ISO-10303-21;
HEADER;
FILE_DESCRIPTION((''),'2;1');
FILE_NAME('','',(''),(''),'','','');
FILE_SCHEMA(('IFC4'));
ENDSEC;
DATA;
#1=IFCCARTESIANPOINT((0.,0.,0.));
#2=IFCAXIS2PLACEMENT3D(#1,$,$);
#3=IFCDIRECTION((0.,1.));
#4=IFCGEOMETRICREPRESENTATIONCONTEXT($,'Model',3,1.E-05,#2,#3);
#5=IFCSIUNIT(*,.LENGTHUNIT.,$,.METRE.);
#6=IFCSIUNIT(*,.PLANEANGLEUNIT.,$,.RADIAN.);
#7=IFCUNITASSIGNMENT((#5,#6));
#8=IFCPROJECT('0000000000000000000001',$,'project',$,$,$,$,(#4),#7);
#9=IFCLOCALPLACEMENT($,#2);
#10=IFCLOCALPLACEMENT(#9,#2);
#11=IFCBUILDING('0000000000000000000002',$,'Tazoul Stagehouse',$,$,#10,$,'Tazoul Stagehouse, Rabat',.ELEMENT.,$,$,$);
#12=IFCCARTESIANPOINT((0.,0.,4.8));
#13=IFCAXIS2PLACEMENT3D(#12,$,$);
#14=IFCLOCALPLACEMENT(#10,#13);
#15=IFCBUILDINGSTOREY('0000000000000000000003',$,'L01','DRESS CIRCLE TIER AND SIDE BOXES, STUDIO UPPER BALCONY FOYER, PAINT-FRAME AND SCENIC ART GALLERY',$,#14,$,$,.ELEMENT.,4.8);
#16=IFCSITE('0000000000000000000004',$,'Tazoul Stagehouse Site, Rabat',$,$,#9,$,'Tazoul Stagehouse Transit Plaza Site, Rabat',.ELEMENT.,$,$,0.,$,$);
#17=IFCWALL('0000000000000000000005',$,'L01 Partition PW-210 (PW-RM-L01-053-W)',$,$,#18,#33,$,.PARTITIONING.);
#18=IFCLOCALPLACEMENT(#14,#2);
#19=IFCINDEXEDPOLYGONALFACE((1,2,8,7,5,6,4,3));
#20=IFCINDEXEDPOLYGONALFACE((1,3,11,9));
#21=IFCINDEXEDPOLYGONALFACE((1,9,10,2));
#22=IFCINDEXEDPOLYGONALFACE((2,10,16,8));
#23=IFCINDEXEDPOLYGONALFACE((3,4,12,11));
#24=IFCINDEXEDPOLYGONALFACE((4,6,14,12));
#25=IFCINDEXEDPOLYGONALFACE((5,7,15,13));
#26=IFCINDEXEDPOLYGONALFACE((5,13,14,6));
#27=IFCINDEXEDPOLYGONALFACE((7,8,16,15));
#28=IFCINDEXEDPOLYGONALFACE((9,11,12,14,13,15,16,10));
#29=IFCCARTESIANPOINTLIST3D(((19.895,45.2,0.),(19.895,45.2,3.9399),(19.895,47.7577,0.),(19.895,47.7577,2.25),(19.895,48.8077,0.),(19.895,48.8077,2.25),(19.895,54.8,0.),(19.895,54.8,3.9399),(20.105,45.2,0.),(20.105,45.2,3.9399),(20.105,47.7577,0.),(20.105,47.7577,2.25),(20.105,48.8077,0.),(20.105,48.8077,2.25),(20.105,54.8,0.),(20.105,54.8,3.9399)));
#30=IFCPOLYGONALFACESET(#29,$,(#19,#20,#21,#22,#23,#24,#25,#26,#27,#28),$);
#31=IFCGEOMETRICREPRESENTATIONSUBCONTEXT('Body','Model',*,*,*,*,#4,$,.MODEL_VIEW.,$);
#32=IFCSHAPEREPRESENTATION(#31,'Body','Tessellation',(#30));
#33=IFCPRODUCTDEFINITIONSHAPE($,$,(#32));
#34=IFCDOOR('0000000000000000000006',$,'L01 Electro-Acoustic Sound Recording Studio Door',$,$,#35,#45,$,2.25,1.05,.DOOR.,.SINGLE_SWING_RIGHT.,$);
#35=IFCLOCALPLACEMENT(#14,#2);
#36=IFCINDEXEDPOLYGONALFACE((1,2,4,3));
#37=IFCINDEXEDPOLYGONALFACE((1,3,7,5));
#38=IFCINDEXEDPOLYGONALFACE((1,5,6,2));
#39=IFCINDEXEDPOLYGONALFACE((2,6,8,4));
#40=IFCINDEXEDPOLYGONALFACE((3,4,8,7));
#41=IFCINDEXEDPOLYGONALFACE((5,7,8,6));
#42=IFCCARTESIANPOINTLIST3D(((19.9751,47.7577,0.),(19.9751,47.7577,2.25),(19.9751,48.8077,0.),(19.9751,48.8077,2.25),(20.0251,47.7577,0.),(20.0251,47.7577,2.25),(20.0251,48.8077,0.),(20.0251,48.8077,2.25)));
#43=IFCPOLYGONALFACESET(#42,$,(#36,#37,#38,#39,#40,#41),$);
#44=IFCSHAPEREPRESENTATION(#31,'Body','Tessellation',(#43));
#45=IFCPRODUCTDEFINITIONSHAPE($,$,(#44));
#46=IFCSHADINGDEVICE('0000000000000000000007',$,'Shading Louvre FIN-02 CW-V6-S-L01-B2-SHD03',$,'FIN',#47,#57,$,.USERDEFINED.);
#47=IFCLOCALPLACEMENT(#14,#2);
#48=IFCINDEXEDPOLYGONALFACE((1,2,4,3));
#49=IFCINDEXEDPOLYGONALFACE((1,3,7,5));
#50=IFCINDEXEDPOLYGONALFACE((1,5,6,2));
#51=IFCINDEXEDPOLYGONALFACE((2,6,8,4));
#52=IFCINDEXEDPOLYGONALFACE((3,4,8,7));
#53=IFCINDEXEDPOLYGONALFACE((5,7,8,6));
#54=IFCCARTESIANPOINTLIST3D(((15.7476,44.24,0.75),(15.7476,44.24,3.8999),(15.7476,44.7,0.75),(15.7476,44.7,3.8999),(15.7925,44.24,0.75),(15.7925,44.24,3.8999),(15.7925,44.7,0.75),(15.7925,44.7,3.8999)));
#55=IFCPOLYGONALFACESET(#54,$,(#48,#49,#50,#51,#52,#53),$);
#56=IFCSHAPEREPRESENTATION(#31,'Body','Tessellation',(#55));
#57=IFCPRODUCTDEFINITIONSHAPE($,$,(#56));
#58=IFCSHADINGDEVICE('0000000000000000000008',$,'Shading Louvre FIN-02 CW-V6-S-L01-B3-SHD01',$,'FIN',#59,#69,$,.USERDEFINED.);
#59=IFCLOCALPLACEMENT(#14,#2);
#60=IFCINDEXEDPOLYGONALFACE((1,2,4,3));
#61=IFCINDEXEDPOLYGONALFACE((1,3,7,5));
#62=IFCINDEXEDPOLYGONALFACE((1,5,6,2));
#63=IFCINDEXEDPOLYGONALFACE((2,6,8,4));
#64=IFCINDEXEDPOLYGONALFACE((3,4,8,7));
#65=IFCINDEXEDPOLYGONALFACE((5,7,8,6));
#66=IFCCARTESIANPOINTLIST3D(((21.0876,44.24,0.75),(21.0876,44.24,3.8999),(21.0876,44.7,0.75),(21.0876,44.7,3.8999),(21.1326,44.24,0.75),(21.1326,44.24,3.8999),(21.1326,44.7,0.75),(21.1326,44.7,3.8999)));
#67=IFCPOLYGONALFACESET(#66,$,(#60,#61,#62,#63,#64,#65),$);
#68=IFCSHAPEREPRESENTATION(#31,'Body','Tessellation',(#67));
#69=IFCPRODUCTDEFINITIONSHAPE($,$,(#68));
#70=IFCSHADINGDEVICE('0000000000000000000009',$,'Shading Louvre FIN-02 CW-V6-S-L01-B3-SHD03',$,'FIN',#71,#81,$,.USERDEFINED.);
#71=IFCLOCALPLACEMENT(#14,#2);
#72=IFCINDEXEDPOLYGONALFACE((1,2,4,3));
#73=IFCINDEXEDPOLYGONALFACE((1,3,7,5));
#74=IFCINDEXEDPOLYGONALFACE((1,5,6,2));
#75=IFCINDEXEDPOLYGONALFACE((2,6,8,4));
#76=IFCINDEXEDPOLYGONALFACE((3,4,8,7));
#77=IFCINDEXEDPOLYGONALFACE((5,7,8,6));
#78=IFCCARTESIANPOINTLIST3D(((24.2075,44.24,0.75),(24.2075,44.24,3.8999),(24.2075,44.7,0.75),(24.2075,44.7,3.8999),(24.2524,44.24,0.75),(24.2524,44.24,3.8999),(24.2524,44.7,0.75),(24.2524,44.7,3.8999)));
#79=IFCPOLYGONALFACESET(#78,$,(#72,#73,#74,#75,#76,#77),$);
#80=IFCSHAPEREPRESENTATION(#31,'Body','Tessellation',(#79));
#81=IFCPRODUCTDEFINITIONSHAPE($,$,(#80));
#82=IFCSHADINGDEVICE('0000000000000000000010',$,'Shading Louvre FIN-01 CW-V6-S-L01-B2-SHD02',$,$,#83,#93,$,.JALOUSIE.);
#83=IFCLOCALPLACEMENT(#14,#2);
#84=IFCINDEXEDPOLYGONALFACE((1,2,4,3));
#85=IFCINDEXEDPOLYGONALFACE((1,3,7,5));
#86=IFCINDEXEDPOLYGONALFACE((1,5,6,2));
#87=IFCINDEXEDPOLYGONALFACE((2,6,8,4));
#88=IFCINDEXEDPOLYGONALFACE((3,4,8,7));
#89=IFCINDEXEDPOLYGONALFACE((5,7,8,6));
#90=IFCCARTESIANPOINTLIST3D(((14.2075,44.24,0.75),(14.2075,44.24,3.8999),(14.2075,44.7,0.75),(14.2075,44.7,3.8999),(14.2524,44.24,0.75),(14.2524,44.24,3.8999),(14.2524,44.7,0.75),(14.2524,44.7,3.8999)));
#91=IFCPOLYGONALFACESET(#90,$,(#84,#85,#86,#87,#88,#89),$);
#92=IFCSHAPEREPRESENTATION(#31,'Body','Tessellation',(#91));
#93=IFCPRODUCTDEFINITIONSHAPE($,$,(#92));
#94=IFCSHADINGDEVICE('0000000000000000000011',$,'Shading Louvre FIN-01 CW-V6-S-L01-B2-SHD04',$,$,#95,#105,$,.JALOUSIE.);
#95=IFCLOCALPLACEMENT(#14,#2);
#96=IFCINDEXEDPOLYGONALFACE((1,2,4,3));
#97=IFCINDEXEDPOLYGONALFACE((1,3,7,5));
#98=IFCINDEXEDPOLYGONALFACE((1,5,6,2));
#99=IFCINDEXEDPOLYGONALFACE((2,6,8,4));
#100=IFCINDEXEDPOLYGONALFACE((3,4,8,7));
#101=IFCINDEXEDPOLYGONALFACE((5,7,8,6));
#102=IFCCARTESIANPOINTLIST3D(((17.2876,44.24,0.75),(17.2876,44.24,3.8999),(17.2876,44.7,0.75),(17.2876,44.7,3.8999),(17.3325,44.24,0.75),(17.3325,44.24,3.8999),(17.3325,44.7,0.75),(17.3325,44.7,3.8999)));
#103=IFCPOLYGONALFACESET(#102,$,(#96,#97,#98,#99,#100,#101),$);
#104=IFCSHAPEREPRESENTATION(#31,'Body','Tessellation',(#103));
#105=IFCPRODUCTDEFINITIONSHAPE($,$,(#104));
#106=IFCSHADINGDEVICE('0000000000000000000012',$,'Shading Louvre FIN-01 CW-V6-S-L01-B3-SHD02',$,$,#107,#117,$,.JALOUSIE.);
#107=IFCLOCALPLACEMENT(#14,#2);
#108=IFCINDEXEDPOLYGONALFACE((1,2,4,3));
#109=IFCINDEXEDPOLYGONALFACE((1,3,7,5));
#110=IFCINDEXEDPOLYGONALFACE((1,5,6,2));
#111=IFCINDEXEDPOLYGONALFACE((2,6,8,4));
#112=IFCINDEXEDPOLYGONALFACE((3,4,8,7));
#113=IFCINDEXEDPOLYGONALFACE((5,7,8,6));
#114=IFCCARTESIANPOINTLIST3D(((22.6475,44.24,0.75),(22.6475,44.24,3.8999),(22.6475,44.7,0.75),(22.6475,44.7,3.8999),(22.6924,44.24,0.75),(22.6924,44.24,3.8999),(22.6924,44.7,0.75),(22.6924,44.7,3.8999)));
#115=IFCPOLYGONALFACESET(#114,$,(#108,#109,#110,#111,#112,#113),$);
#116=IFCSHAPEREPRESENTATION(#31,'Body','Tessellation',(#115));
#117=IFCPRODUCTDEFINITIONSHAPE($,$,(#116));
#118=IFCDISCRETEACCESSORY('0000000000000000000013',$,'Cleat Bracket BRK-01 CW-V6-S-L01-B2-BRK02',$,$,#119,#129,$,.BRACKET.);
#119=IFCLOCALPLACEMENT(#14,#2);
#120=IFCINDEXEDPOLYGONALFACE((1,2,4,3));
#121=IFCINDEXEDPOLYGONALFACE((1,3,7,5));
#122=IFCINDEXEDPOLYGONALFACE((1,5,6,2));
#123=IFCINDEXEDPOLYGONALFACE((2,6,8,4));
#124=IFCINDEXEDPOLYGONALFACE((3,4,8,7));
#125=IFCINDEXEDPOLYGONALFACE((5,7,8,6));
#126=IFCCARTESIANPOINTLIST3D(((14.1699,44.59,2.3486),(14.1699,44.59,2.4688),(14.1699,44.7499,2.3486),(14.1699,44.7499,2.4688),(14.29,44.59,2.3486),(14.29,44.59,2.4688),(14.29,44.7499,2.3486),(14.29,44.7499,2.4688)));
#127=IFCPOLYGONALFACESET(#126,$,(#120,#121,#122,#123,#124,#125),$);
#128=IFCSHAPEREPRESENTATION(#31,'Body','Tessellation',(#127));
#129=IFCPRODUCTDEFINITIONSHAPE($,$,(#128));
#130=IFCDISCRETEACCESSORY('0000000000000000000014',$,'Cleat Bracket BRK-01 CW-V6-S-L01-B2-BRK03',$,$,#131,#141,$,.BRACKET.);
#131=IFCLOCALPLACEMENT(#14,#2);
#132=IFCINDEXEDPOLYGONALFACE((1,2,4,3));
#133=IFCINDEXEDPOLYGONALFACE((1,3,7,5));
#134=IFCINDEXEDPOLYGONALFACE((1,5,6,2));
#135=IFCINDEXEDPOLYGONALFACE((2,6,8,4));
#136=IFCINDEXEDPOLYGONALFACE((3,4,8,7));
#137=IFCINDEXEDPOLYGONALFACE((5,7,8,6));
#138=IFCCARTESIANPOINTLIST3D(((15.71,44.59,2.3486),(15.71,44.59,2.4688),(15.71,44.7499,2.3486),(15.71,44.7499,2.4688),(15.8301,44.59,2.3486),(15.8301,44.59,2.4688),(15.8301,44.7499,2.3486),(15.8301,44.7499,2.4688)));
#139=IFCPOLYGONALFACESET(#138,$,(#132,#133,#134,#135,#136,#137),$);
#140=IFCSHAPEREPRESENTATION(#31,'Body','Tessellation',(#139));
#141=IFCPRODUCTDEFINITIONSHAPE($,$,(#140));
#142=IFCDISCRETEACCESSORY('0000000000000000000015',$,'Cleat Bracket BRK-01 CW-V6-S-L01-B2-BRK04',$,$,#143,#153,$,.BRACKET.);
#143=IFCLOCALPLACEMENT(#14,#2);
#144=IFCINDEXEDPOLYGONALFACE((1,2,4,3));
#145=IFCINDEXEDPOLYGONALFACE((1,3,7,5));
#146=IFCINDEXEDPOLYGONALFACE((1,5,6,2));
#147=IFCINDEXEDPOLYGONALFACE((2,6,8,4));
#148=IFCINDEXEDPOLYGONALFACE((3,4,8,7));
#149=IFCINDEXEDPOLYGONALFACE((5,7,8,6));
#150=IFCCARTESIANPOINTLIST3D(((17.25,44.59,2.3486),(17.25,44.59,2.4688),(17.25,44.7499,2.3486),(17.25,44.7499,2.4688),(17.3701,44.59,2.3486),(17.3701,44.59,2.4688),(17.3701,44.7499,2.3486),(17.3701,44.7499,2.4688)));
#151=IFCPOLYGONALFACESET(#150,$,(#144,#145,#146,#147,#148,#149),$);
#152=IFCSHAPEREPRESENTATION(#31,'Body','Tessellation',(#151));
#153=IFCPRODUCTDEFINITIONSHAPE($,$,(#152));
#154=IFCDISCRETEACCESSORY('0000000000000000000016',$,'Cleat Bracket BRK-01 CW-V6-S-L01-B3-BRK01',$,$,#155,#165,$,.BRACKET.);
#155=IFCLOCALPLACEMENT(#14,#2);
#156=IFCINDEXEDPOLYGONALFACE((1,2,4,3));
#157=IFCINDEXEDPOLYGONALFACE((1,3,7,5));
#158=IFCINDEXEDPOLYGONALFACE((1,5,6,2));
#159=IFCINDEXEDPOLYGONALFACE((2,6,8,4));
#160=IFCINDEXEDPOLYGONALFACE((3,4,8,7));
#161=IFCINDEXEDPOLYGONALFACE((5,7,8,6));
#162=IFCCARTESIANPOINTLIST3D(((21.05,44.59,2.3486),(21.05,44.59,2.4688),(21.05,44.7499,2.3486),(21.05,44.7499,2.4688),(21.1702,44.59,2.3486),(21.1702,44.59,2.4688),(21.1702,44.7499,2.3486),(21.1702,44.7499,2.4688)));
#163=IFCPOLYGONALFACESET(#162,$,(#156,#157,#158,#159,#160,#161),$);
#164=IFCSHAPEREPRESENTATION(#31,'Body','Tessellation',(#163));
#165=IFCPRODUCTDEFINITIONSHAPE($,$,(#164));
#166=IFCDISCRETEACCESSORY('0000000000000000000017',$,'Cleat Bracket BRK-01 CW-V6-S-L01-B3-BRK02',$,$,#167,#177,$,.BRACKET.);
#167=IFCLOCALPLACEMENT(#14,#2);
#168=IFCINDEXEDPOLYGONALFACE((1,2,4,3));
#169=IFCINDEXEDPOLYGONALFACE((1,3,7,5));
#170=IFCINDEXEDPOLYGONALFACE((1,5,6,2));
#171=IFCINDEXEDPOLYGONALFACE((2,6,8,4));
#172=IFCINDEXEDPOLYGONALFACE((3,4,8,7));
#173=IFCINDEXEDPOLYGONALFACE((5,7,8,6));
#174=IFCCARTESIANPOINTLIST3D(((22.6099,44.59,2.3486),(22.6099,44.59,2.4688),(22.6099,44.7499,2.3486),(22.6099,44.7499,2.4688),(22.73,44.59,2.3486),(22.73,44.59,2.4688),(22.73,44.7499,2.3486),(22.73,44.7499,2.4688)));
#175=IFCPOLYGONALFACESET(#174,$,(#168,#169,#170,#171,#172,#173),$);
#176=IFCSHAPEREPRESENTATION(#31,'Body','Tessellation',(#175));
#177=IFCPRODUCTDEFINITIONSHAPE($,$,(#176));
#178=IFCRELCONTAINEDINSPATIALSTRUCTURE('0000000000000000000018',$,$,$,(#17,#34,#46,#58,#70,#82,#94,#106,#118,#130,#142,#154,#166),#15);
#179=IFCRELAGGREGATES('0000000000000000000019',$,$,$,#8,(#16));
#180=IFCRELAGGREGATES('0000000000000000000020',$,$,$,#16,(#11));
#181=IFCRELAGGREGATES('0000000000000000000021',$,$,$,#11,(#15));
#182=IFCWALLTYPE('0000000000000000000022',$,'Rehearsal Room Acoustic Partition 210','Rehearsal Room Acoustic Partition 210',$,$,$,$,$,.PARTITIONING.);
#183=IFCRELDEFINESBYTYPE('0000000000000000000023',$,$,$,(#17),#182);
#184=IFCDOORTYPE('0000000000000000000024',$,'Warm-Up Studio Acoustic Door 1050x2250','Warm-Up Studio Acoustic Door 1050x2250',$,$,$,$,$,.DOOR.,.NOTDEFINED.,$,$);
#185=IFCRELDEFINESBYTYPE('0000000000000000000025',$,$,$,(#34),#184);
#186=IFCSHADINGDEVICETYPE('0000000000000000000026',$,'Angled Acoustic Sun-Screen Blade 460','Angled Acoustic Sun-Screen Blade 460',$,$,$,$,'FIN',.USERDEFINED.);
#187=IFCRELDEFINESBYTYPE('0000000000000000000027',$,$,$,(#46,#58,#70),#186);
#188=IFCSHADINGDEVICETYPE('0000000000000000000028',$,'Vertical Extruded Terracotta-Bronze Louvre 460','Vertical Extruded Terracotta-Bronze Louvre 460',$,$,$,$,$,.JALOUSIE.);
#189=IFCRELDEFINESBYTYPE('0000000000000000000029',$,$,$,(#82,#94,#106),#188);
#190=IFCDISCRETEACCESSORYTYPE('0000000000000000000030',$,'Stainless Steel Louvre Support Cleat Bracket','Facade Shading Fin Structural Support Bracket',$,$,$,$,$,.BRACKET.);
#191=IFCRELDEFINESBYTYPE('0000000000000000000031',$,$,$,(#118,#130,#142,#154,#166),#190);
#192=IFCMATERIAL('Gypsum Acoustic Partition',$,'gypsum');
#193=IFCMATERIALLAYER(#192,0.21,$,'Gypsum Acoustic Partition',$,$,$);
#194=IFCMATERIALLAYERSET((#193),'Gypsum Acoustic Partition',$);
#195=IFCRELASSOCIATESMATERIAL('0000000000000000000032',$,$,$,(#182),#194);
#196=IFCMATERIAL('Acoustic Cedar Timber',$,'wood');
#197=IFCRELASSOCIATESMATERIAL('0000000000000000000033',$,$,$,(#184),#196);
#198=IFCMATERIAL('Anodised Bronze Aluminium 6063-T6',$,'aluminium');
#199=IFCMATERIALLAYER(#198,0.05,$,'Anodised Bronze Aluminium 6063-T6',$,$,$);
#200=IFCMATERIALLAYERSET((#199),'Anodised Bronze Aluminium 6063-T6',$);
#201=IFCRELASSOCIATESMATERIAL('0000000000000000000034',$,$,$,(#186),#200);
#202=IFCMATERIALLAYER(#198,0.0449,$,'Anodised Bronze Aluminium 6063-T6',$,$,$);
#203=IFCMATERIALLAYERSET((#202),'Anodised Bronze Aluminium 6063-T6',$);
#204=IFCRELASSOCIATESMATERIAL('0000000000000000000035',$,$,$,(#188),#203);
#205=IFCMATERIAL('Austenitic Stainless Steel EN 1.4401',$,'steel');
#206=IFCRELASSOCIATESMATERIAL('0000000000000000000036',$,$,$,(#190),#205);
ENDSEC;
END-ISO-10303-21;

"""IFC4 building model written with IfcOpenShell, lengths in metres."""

from ifc_helpers import new_model, si_unit, direction, frame, frame_2d, origin, origin_2d, place, context, subcontext, project, spatial, rectangle, extrude, material, layer, layer_set, type_object, element, fill, save


model = new_model("IFC4")

# Units and contexts
model_context = context("Model", 3, precision=1e-05, world=origin(), true_north=direction((0.0, 1.0)))
body_context = subcontext(model_context, "Body", "Model", "MODEL_VIEW")
ifc_project = project(units=[si_unit("LENGTHUNIT", "METRE"), si_unit("PLANEANGLEUNIT", "RADIAN")], contexts=[model_context])

# Site, building, storey
site_placement = place(None, origin())
site = spatial("IfcSite", under=ifc_project, at=site_placement, Name="Tazoul Stagehouse Site, Rabat", LongName="Tazoul Stagehouse Transit Plaza Site, Rabat", CompositionType="ELEMENT", RefElevation=0.0)
building_placement = place(site_placement, origin())
building = spatial("IfcBuilding", under=site, at=building_placement, Name="Tazoul Stagehouse", LongName="Tazoul Stagehouse, Rabat", CompositionType="ELEMENT")
storey_placement = place(building_placement, frame((0.0, 0.0, 4.8)))
storey = spatial("IfcBuildingStorey", under=building, at=storey_placement, Name="L01", Description="DRESS CIRCLE TIER AND SIDE BOXES, STUDIO UPPER BALCONY FOYER, PAINT-FRAME AND SCENIC ART GALLERY", CompositionType="ELEMENT", Elevation=4.8)

# Shared definitions
ifc_material_1 = material(Name="Anodised Bronze Aluminium 6063-T6", Category="aluminium")

# Wall, opening, door
ifc_material_2 = material(Name="Gypsum Acoustic Partition", Category="gypsum")
ifc_layer_1 = layer(ifc_material_2, 0.21, Name="Gypsum Acoustic Partition")
ifc_layer_set_1 = layer_set([ifc_layer_1], Name="Gypsum Acoustic Partition")
wall_type = type_object("IfcWallType", Name="Rehearsal Room Acoustic Partition 210", Description="Rehearsal Room Acoustic Partition 210", PredefinedType="PARTITIONING", material=ifc_layer_set_1)
wall_placement = place(storey_placement, frame((20.0, 45.2, 0.0), z_axis=(0.0, 0.0, 1.0), x_axis=(0.0, 1.0, 0.0)))
wall = element("IfcWall", 1, at=wall_placement, inside=storey, type_object=wall_type, Name="L01 Partition PW-210 (PW-RM-L01-053-W)", PredefinedType="PARTITIONING", context=body_context, shape_type="SweptSolid", body=[
    extrude(rectangle(XDim=9.6001, YDim=0.21, at=frame_2d((4.8, 0.0))), origin(), (0.0, 0.0, 1.0), 3.9399),
])
opening_placement = place(wall_placement, frame((2.5579, 0.0, 0.0)))
opening = element("IfcOpeningElement", 2, at=opening_placement, cuts=wall, PredefinedType="OPENING", context=body_context, shape_type="SweptSolid", body=[
    extrude(rectangle(XDim=1.05, YDim=2.25, at=frame_2d((0.5249, 1.125))), frame((0.0, 0.125, 0.0), z_axis=(0.0, -1.0, 0.0), x_axis=(1.0, 0.0, 0.0)), (0.0, 0.0, 1.0), 0.25),
])
ifc_material_3 = material(Name="Acoustic Cedar Timber", Category="wood")
door_type = type_object("IfcDoorType", Name="Warm-Up Studio Acoustic Door 1050x2250", Description="Warm-Up Studio Acoustic Door 1050x2250", OperationType="NOTDEFINED", PredefinedType="DOOR", material=ifc_material_3)
door_placement = place(opening_placement, origin())
door = element("IfcDoor", 3, at=door_placement, inside=storey, type_object=door_type, Name="L01 Electro-Acoustic Sound Recording Studio Door", OperationType="SINGLE_SWING_RIGHT", OverallHeight=2.25, OverallWidth=1.05, PredefinedType="DOOR", context=body_context, shape_type="SweptSolid", body=[
    extrude(rectangle(XDim=1.05, YDim=2.25, at=frame_2d((0.5249, 1.125))), frame((0.0, 0.0249, 0.0), z_axis=(0.0, -1.0, 0.0), x_axis=(1.0, 0.0, 0.0)), (0.0, 0.0, 1.0), 0.05),
])
fill(opening, door)

# Shading devices
ifc_layer_2 = layer(ifc_material_1, 0.05, Name="Anodised Bronze Aluminium 6063-T6")
ifc_layer_set_2 = layer_set([ifc_layer_2], Name="Anodised Bronze Aluminium 6063-T6")
shading_device_type_1 = type_object("IfcShadingDeviceType", Name="Angled Acoustic Sun-Screen Blade 460", Description="Angled Acoustic Sun-Screen Blade 460", ElementType="FIN", PredefinedType="USERDEFINED", material=ifc_layer_set_2)
for number, where, z_axis, x_axis, name in (
    (4, (15.77, 44.47, 0.75), (0.0, 0.0, 1.0), (1.0, 0.0, 0.0), "Shading Louvre FIN-02 CW-V6-S-L01-B2-SHD03"),
    (5, (21.1101, 44.47, 0.75), (0.0, 0.0, 1.0), (1.0, 0.0, 0.0), "Shading Louvre FIN-02 CW-V6-S-L01-B3-SHD01"),
    (6, (24.23, 44.47, 0.75), (0.0, 0.0, 1.0), (1.0, 0.0, 0.0), "Shading Louvre FIN-02 CW-V6-S-L01-B3-SHD03"),
):
    element("IfcShadingDevice", number, at=place(storey_placement, frame(where, z_axis=z_axis, x_axis=x_axis)), inside=storey, type_object=shading_device_type_1, Name=name, ObjectType="FIN", PredefinedType="USERDEFINED", context=body_context, shape_type="SweptSolid", body=[
        extrude(rectangle(XDim=0.0449, YDim=0.46, at=origin_2d()), origin(), (0.0, 0.0, 1.0), 3.1499),
    ])
ifc_layer_3 = layer(ifc_material_1, 0.0449, Name="Anodised Bronze Aluminium 6063-T6")
ifc_layer_set_3 = layer_set([ifc_layer_3], Name="Anodised Bronze Aluminium 6063-T6")
shading_device_type_2 = type_object("IfcShadingDeviceType", Name="Vertical Extruded Terracotta-Bronze Louvre 460", Description="Vertical Extruded Terracotta-Bronze Louvre 460", PredefinedType="JALOUSIE", material=ifc_layer_set_3)
for number, where, z_axis, x_axis, name in (
    (7, (14.23, 44.47, 0.75), (0.0, 0.0, 1.0), (1.0, 0.0, 0.0), "Shading Louvre FIN-01 CW-V6-S-L01-B2-SHD02"),
    (8, (17.3101, 44.47, 0.75), (0.0, 0.0, 1.0), (1.0, 0.0, 0.0), "Shading Louvre FIN-01 CW-V6-S-L01-B2-SHD04"),
    (9, (22.6699, 44.47, 0.75), (0.0, 0.0, 1.0), (1.0, 0.0, 0.0), "Shading Louvre FIN-01 CW-V6-S-L01-B3-SHD02"),
):
    element("IfcShadingDevice", number, at=place(storey_placement, frame(where, z_axis=z_axis, x_axis=x_axis)), inside=storey, type_object=shading_device_type_2, Name=name, PredefinedType="JALOUSIE", context=body_context, shape_type="SweptSolid", body=[
        extrude(rectangle(XDim=0.0449, YDim=0.46, at=origin_2d()), origin(), (0.0, 0.0, 1.0), 3.1499),
    ])

# Discrete accessories
ifc_material_4 = material(Name="Austenitic Stainless Steel EN 1.4401", Category="steel")
discrete_accessory_type = type_object("IfcDiscreteAccessoryType", Name="Stainless Steel Louvre Support Cleat Bracket", Description="Facade Shading Fin Structural Support Bracket", PredefinedType="BRACKET", material=ifc_material_4)
for number, where, z_axis, x_axis, name in (
    (10, (14.23, 44.6699, 2.3486), (0.0, 0.0, 1.0), (1.0, 0.0, 0.0), "Cleat Bracket BRK-01 CW-V6-S-L01-B2-BRK02"),
    (11, (15.77, 44.6699, 2.3486), (0.0, 0.0, 1.0), (1.0, 0.0, 0.0), "Cleat Bracket BRK-01 CW-V6-S-L01-B2-BRK03"),
    (12, (17.3101, 44.6699, 2.3486), (0.0, 0.0, 1.0), (1.0, 0.0, 0.0), "Cleat Bracket BRK-01 CW-V6-S-L01-B2-BRK04"),
    (13, (21.1101, 44.6699, 2.3486), (0.0, 0.0, 1.0), (1.0, 0.0, 0.0), "Cleat Bracket BRK-01 CW-V6-S-L01-B3-BRK01"),
    (14, (22.6699, 44.6699, 2.3486), (0.0, 0.0, 1.0), (1.0, 0.0, 0.0), "Cleat Bracket BRK-01 CW-V6-S-L01-B3-BRK02"),
):
    element("IfcDiscreteAccessory", number, at=place(storey_placement, frame(where, z_axis=z_axis, x_axis=x_axis)), inside=storey, type_object=discrete_accessory_type, Name=name, PredefinedType="BRACKET", context=body_context, shape_type="SweptSolid", body=[
        extrude(rectangle(XDim=0.1201, YDim=0.1599, at=origin_2d()), origin(), (0.0, 0.0, 1.0), 0.1201),
    ])

save(model, "model.ifc")
